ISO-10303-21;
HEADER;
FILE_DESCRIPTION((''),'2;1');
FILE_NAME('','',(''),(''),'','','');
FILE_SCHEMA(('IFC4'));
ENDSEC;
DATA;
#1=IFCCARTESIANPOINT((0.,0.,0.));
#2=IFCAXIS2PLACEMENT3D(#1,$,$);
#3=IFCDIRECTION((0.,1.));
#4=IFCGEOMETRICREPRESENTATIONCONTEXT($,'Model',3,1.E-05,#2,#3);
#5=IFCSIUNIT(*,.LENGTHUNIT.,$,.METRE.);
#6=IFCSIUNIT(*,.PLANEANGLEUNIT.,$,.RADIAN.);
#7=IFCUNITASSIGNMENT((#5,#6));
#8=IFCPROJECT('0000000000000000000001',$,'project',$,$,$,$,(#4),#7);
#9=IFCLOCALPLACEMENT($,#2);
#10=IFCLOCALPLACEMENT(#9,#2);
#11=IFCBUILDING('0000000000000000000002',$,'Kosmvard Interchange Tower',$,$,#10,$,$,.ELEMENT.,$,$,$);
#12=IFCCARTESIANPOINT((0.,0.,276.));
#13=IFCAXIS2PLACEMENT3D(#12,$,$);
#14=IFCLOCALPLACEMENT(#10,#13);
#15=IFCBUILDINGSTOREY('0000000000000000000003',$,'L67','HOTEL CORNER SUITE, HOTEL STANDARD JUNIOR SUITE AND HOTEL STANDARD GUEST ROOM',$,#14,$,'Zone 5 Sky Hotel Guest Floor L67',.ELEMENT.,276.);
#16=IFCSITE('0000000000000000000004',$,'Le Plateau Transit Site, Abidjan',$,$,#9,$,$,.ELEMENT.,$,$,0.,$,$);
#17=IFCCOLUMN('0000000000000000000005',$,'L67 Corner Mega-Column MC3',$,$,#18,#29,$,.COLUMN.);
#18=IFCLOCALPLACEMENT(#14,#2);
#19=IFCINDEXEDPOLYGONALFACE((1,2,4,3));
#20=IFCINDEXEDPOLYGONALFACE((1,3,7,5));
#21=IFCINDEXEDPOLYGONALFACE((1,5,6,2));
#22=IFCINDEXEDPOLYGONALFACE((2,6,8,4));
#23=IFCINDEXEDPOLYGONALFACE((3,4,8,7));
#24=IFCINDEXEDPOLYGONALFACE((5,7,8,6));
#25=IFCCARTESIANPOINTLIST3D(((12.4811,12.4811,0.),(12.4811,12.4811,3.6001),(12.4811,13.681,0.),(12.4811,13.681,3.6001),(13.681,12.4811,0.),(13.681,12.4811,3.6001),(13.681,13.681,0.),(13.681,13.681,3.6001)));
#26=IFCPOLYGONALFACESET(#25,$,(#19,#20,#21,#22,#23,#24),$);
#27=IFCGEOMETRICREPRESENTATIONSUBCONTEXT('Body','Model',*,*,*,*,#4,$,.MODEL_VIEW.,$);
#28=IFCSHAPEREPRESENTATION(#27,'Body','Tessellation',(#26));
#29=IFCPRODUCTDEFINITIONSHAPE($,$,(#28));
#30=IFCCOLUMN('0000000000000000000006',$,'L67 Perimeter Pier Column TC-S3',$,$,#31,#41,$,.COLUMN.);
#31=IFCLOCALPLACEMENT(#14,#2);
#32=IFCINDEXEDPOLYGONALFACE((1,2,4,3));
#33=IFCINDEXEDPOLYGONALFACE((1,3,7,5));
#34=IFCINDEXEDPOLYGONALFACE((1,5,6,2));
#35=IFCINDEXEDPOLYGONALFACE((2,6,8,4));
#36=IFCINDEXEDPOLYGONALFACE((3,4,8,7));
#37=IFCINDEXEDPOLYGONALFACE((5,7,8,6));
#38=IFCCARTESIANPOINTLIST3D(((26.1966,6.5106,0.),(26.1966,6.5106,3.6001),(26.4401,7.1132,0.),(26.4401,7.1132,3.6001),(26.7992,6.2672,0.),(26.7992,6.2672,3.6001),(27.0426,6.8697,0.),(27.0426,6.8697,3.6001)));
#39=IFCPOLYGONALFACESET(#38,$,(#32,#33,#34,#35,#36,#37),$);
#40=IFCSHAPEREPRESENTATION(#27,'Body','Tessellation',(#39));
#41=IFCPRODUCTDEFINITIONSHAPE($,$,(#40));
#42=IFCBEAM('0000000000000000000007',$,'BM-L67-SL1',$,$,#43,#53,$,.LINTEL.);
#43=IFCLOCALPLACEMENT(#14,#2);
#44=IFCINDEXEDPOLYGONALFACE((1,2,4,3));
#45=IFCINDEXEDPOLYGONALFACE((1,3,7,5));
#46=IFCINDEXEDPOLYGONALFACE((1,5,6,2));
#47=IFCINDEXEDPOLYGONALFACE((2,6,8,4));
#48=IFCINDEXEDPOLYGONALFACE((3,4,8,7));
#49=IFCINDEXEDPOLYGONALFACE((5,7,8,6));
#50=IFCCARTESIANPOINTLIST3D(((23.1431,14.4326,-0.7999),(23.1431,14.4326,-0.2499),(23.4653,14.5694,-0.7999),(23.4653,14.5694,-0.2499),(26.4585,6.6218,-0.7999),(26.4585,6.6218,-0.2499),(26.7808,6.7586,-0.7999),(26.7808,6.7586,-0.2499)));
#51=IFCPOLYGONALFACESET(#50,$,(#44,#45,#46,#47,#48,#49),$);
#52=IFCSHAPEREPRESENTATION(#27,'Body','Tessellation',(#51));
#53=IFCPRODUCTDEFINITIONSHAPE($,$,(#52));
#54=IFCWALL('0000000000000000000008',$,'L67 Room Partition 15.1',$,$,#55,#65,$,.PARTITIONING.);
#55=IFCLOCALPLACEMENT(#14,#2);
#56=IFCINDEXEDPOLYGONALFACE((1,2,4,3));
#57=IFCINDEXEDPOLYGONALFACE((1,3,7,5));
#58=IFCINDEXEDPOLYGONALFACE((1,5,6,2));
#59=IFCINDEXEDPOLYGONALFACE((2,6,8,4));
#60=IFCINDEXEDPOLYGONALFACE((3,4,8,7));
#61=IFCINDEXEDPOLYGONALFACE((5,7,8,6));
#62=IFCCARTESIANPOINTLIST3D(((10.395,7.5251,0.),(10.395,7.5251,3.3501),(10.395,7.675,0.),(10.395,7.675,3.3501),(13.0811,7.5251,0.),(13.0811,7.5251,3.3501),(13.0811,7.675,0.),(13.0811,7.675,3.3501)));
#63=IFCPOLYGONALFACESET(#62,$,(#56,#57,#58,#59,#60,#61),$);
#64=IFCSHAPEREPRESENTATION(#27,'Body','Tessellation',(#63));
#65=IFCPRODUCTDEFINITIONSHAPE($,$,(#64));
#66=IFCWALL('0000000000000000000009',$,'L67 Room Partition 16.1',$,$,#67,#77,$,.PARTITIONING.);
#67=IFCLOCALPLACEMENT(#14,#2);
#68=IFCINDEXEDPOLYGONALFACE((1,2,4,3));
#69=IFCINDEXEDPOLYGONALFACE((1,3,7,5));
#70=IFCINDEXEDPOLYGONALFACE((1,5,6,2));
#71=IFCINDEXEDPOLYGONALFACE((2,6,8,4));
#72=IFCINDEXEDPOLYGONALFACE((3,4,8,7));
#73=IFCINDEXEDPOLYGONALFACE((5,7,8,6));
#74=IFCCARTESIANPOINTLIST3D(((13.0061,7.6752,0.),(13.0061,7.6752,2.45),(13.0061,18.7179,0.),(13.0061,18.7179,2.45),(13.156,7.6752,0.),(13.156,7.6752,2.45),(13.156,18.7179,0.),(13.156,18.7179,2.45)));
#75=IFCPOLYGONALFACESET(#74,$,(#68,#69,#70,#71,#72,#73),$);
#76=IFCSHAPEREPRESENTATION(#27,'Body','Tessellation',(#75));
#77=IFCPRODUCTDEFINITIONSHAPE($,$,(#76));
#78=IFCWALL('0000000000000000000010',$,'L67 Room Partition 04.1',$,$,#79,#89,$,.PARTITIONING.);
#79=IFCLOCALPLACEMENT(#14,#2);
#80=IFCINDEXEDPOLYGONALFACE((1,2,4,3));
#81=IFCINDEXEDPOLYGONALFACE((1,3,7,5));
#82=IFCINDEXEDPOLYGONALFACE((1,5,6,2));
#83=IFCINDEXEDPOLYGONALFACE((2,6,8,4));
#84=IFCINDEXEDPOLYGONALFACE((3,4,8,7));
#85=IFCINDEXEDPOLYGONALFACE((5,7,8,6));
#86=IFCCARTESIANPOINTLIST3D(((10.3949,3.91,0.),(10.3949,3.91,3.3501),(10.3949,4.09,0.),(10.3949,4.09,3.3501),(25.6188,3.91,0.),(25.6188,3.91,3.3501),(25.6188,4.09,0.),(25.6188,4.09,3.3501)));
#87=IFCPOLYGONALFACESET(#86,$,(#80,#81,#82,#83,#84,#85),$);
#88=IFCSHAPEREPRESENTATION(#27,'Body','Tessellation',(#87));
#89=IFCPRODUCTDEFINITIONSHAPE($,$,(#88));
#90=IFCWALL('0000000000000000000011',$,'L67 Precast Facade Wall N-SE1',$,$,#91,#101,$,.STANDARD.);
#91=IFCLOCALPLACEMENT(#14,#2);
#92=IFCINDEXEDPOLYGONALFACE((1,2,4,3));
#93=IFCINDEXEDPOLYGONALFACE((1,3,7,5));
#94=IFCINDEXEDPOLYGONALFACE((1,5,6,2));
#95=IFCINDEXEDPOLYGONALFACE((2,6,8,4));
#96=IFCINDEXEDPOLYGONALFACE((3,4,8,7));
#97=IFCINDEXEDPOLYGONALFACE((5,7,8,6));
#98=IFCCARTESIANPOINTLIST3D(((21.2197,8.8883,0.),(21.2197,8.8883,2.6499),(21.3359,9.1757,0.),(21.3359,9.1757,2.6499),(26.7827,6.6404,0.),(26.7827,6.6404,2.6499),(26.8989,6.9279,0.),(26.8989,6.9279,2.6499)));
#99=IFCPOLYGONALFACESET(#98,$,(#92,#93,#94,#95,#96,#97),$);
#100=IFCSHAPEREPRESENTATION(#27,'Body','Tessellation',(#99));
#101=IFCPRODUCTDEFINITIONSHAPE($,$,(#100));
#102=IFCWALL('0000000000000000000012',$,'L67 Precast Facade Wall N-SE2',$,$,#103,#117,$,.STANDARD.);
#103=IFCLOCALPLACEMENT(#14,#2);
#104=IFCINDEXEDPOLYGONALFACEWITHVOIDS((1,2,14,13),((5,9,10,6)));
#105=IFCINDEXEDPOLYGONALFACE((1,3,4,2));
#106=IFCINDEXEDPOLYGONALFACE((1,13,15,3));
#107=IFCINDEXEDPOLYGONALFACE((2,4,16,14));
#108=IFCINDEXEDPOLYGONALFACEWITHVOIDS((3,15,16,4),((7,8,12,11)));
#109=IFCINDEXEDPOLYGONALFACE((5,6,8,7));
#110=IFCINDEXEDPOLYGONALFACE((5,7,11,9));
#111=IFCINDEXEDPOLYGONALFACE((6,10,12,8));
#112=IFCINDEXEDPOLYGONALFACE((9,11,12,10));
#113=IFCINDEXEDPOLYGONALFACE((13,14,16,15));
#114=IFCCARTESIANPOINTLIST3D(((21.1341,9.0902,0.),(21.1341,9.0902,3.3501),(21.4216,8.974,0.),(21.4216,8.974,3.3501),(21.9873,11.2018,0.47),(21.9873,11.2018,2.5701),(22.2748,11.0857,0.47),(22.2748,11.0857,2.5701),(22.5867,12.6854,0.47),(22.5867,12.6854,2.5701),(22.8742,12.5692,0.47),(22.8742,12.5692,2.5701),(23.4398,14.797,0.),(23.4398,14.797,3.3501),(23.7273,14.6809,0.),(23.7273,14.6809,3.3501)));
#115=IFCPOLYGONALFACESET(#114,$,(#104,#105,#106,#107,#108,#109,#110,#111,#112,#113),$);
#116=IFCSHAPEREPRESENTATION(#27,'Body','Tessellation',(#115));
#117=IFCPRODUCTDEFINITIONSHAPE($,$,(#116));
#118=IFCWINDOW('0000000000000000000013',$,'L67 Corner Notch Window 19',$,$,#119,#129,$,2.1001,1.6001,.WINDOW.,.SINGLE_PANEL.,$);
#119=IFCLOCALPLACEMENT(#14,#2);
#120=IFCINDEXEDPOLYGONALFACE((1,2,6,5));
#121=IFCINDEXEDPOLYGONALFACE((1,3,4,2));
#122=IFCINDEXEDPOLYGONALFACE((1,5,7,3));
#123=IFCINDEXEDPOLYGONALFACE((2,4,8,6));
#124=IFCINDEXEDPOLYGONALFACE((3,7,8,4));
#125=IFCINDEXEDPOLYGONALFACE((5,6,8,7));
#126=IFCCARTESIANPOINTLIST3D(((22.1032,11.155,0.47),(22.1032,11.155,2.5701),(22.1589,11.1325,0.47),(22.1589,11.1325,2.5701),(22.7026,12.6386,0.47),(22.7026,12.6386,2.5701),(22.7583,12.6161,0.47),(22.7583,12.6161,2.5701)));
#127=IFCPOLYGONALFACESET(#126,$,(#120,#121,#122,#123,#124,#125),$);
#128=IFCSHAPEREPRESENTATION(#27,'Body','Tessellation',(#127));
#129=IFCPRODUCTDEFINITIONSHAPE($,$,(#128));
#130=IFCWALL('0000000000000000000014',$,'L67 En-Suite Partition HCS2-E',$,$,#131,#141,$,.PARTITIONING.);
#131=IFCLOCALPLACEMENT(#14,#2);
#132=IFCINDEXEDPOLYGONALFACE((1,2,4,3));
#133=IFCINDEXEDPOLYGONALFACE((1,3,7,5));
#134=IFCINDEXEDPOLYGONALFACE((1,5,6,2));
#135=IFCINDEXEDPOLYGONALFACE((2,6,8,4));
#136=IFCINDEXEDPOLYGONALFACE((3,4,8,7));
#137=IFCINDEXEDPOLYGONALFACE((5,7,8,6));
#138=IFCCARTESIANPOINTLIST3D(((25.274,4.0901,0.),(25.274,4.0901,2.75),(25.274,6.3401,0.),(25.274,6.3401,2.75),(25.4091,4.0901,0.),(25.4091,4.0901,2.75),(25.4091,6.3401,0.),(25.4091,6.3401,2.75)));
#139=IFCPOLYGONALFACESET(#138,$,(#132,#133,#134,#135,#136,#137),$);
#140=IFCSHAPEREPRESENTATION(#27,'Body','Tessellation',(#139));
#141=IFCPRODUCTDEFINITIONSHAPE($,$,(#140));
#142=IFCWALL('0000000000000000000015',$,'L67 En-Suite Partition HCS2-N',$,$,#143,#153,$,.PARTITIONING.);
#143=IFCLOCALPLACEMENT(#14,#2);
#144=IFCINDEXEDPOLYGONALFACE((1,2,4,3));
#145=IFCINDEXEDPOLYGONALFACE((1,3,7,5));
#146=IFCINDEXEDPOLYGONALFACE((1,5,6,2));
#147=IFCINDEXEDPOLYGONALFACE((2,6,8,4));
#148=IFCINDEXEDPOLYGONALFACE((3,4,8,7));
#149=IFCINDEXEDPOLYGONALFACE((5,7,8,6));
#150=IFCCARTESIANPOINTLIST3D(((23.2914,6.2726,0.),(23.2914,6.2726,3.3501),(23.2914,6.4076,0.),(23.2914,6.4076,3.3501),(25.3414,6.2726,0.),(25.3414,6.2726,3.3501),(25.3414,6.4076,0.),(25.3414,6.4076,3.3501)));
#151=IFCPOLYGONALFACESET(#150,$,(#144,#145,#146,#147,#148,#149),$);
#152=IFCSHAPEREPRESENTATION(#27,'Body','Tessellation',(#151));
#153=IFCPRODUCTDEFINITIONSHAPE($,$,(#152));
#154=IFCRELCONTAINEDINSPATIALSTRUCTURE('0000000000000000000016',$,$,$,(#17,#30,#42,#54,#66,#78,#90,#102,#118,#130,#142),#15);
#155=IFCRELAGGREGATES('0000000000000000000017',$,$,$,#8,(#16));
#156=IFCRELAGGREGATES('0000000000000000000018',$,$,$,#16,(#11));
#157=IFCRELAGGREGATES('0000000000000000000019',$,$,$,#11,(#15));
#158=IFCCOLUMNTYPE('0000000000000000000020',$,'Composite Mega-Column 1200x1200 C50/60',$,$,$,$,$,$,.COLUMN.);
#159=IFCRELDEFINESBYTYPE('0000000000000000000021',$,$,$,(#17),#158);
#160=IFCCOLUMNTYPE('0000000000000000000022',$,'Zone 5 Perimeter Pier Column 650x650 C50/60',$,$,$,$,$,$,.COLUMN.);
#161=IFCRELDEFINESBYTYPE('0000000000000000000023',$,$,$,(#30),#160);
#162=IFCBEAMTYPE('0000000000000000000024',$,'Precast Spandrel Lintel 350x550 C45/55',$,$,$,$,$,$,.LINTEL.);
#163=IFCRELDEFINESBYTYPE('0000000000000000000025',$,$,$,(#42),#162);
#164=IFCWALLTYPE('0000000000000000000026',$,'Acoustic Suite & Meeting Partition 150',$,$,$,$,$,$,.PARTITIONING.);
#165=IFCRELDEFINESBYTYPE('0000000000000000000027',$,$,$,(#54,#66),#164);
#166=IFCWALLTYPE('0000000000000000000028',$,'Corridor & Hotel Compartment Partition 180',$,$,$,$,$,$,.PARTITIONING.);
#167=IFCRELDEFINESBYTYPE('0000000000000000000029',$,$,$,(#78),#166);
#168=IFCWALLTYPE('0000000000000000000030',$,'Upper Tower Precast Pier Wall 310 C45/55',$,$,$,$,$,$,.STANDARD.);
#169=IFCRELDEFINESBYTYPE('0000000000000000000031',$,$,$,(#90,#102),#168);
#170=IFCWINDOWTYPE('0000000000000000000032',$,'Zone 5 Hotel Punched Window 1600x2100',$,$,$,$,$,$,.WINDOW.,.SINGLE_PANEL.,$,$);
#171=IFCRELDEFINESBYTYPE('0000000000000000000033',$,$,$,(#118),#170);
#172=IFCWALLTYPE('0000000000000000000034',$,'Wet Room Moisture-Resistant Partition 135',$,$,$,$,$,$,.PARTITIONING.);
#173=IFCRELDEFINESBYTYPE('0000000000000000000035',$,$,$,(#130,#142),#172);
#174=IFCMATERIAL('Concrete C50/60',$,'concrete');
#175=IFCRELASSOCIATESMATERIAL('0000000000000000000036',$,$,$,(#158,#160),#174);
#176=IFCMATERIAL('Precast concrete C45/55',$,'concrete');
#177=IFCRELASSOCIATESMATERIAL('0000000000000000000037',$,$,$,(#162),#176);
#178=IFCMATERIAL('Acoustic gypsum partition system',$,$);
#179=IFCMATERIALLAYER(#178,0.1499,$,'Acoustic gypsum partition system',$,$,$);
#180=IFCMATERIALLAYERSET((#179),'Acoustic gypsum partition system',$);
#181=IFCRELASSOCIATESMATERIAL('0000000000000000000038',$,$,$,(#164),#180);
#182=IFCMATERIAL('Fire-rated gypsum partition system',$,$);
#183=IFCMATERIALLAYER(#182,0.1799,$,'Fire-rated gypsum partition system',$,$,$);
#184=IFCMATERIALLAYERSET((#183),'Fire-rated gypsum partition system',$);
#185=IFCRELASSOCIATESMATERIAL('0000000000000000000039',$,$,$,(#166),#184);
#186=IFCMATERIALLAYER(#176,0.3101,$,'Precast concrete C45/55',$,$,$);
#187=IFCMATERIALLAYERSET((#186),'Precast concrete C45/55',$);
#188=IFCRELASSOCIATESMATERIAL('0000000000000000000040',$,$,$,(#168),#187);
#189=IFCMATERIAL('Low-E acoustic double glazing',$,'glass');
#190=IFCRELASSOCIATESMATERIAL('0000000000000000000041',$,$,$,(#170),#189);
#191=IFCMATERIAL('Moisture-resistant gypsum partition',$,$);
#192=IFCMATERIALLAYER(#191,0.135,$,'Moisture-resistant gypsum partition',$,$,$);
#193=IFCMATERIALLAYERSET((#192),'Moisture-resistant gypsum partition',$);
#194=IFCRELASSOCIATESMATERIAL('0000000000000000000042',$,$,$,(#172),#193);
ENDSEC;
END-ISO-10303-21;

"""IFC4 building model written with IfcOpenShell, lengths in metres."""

from ifc_helpers import new_model, si_unit, direction, frame, frame_2d, origin, origin_2d, place, context, subcontext, project, spatial, rectangle, extrude, source, transform, mapped, material, layer, layer_set, material_profile, profile_set, type_object, element, fill, save


model = new_model("IFC4")

# Units and contexts
model_context = context("Model", 3, precision=1e-05, world=origin(), true_north=direction((0.0, 1.0)))
body_context = subcontext(model_context, "Body", "Model", "MODEL_VIEW")
ifc_project = project(units=[si_unit("LENGTHUNIT", "METRE"), si_unit("PLANEANGLEUNIT", "RADIAN")], contexts=[model_context])

# Site, building, storey
site_placement = place(None, origin())
site = spatial("IfcSite", under=ifc_project, at=site_placement, Name="Le Plateau Transit Site, Abidjan", CompositionType="ELEMENT", RefElevation=0.0)
building_placement = place(site_placement, origin())
building = spatial("IfcBuilding", under=site, at=building_placement, Name="Kosmvard Interchange Tower", CompositionType="ELEMENT")
storey_placement = place(building_placement, frame((0.0, 0.0, 276.0)))
storey = spatial("IfcBuildingStorey", under=building, at=storey_placement, Name="L67", Description="HOTEL CORNER SUITE, HOTEL STANDARD JUNIOR SUITE AND HOTEL STANDARD GUEST ROOM", LongName="Zone 5 Sky Hotel Guest Floor L67", CompositionType="ELEMENT", Elevation=276.0)

# Columns
ifc_material_1 = material(Name="Concrete C50/60", Category="concrete")
ifc_material_profile_1 = material_profile(ifc_material_1, rectangle(XDim=1.2, YDim=1.2, at=origin_2d()), Name="MC 1200x1200")
ifc_profile_set_1 = profile_set([ifc_material_profile_1], Name="Concrete C50/60")
column_type_1 = type_object("IfcColumnType", Name="Composite Mega-Column 1200x1200 C50/60", PredefinedType="COLUMN", material=ifc_profile_set_1)
shared_shape_1 = source(origin(), body_context, "Body", "SweptSolid", [
    extrude(rectangle(XDim=1.2, YDim=1.2, at=origin_2d()), origin(), (0.0, 0.0, 1.0), 3.6001),
])
column_1_placement = place(storey_placement, frame((13.0811, 13.0811, 0.0), z_axis=(0.0, 0.0, 1.0), x_axis=(1.0, 0.0, 0.0)))
element("IfcColumn", 1, at=column_1_placement, inside=storey, type_object=column_type_1, Name="L67 Corner Mega-Column MC3", PredefinedType="COLUMN", context=body_context, shape_type="MappedRepresentation", body=[
    mapped(shared_shape_1, transform((0.0, 0.0, 0.0), scale=1.0)),
])
ifc_material_profile_2 = material_profile(ifc_material_1, rectangle(XDim=0.6499, YDim=0.6499, at=origin_2d()), Name="TC 650x650")
ifc_profile_set_2 = profile_set([ifc_material_profile_2], Name="Concrete C50/60")
column_type_2 = type_object("IfcColumnType", Name="Zone 5 Perimeter Pier Column 650x650 C50/60", PredefinedType="COLUMN", material=ifc_profile_set_2)
shared_shape_2 = source(origin(), body_context, "Body", "SweptSolid", [
    extrude(rectangle(XDim=0.6499, YDim=0.6499, at=origin_2d()), origin(), (0.0, 0.0, 1.0), 3.6001),
])
column_2_placement = place(storey_placement, frame((26.6196, 6.6902, 0.0), z_axis=(0.0, 0.0, 1.0), x_axis=(0.374607, 0.927184, 0.0)))
element("IfcColumn", 2, at=column_2_placement, inside=storey, type_object=column_type_2, Name="L67 Perimeter Pier Column TC-S3", PredefinedType="COLUMN", context=body_context, shape_type="MappedRepresentation", body=[
    mapped(shared_shape_2, transform((0.0, 0.0, 0.0), scale=1.0)),
])

# Beam
ifc_material_2 = material(Name="Precast concrete C45/55", Category="concrete")
ifc_material_profile_3 = material_profile(ifc_material_2, rectangle(XDim=0.3501, YDim=0.55, at=origin_2d()), Name="SL 350x550")
ifc_profile_set_3 = profile_set([ifc_material_profile_3], Name="Precast concrete C45/55")
beam_type = type_object("IfcBeamType", Name="Precast Spandrel Lintel 350x550 C45/55", PredefinedType="LINTEL", material=ifc_profile_set_3)
shared_shape_3 = source(origin(), body_context, "Body", "SweptSolid", [
    extrude(rectangle(XDim=0.3501, YDim=0.55, at=origin_2d()), origin(), (0.0, 0.0, 1.0), 8.4854),
])
beam_placement = place(storey_placement, frame((26.6196, 6.6902, -0.5249), z_axis=(-0.390726, 0.920507, 0.0), x_axis=(-0.920507, -0.390726, 0.0)))
element("IfcBeam", 3, at=beam_placement, inside=storey, type_object=beam_type, Name="BM-L67-SL1", PredefinedType="LINTEL", context=body_context, shape_type="MappedRepresentation", body=[
    mapped(shared_shape_3, transform((0.0, 0.0, 0.0), scale=1.0)),
])

# Walls
ifc_material_3 = material(Name="Acoustic gypsum partition system")
ifc_layer_1 = layer(ifc_material_3, 0.1499, Name="Acoustic gypsum partition system")
ifc_layer_set_1 = layer_set([ifc_layer_1], Name="Acoustic gypsum partition system")
wall_type_1 = type_object("IfcWallType", Name="Acoustic Suite & Meeting Partition 150", PredefinedType="PARTITIONING", material=ifc_layer_set_1)
wall_1_placement = place(storey_placement, frame((10.395, 7.6001, 0.0), z_axis=(0.0, 0.0, 1.0), x_axis=(1.0, 0.0, 0.0)))
element("IfcWall", 4, at=wall_1_placement, inside=storey, type_object=wall_type_1, Name="L67 Room Partition 15.1", PredefinedType="PARTITIONING", context=body_context, shape_type="SweptSolid", body=[
    extrude(rectangle(XDim=2.686, YDim=0.1499, at=frame_2d((1.343, 0.0))), origin(), (0.0, 0.0, 1.0), 3.3501),
])
wall_2_placement = place(storey_placement, frame((13.0811, 7.675, 0.0), z_axis=(0.0, 0.0, 1.0), x_axis=(0.0, 1.0, 0.0)))
element("IfcWall", 5, at=wall_2_placement, inside=storey, type_object=wall_type_1, Name="L67 Room Partition 16.1", PredefinedType="PARTITIONING", context=body_context, shape_type="SweptSolid", body=[
    extrude(rectangle(XDim=11.0427, YDim=0.1499, at=frame_2d((5.5215, 0.0))), origin(), (0.0, 0.0, 1.0), 2.45),
])
ifc_material_4 = material(Name="Fire-rated gypsum partition system")
ifc_layer_2 = layer(ifc_material_4, 0.1799, Name="Fire-rated gypsum partition system")
ifc_layer_set_2 = layer_set([ifc_layer_2], Name="Fire-rated gypsum partition system")
wall_type_2 = type_object("IfcWallType", Name="Corridor & Hotel Compartment Partition 180", PredefinedType="PARTITIONING", material=ifc_layer_set_2)
wall_3_placement = place(storey_placement, frame((10.395, 4.0, 0.0), z_axis=(0.0, 0.0, 1.0), x_axis=(1.0, 0.0, 0.0)))
element("IfcWall", 6, at=wall_3_placement, inside=storey, type_object=wall_type_2, Name="L67 Room Partition 04.1", PredefinedType="PARTITIONING", context=body_context, shape_type="SweptSolid", body=[
    extrude(rectangle(XDim=15.2239, YDim=0.1799, at=frame_2d((7.6118, 0.0))), origin(), (0.0, 0.0, 1.0), 3.3501),
])
ifc_layer_3 = layer(ifc_material_2, 0.3101, Name="Precast concrete C45/55")
ifc_layer_set_3 = layer_set([ifc_layer_3], Name="Precast concrete C45/55")
wall_type_3 = type_object("IfcWallType", Name="Upper Tower Precast Pier Wall 310 C45/55", PredefinedType="STANDARD", material=ifc_layer_set_3)
wall_4_placement = place(storey_placement, frame((26.8408, 6.7842, 0.0), z_axis=(0.0, 0.0, 1.0), x_axis=(-0.927172, 0.374637, 0.0)))
element("IfcWall", 7, at=wall_4_placement, inside=storey, type_object=wall_type_3, Name="L67 Precast Facade Wall N-SE1", PredefinedType="STANDARD", context=body_context, shape_type="SweptSolid", body=[
    extrude(rectangle(XDim=6.0, YDim=0.3101, at=frame_2d((3.0, 0.0))), origin(), (0.0, 0.0, 1.0), 2.6499),
])

# Wall, opening, window
wall_5_placement = place(storey_placement, frame((21.2778, 9.032, 0.0), z_axis=(0.0, 0.0, 1.0), x_axis=(0.374603, 0.927185, 0.0)))
wall_5 = element("IfcWall", 8, at=wall_5_placement, inside=storey, type_object=wall_type_3, Name="L67 Precast Facade Wall N-SE2", PredefinedType="STANDARD", context=body_context, shape_type="SweptSolid", body=[
    extrude(rectangle(XDim=6.155, YDim=0.3101, at=frame_2d((3.0776, 0.0))), origin(), (0.0, 0.0, 1.0), 3.3501),
])
opening_1_placement = place(wall_5_placement, frame((2.2776, 0.0, 0.47)))
opening_1 = element("IfcOpeningElement", 9, at=opening_1_placement, cuts=wall_5, PredefinedType="OPENING", context=body_context, shape_type="SweptSolid", body=[
    extrude(rectangle(XDim=1.6001, YDim=2.1001, at=frame_2d((0.8, 1.05))), frame((0.0, 0.165, 0.0), z_axis=(0.0, -1.0, 0.0), x_axis=(1.0, 0.0, 0.0)), (0.0, 0.0, 1.0), 0.3301),
])
ifc_material_5 = material(Name="Low-E acoustic double glazing", Category="glass")
window_type = type_object("IfcWindowType", Name="Zone 5 Hotel Punched Window 1600x2100", PartitioningType="SINGLE_PANEL", PredefinedType="WINDOW", material=ifc_material_5)
shared_shape_4 = source(origin(), body_context, "Body", "SweptSolid", [
    extrude(rectangle(XDim=1.6001, YDim=2.1001, at=frame_2d((0.8, 1.05))), frame((0.0, 0.03, 0.0), z_axis=(0.0, -1.0, 0.0), x_axis=(1.0, 0.0, 0.0)), (0.0, 0.0, 1.0), 0.0601),
])
window_placement = place(opening_1_placement, origin())
window = element("IfcWindow", 10, at=window_placement, inside=storey, type_object=window_type, Name="L67 Corner Notch Window 19", OverallHeight=2.1001, OverallWidth=1.6001, PartitioningType="SINGLE_PANEL", PredefinedType="WINDOW", context=body_context, shape_type="MappedRepresentation", body=[
    mapped(shared_shape_4, transform((0.0, 0.0, 0.0), scale=1.0)),
])
fill(opening_1, window)

# Walls
ifc_material_6 = material(Name="Moisture-resistant gypsum partition")
ifc_layer_4 = layer(ifc_material_6, 0.135, Name="Moisture-resistant gypsum partition")
ifc_layer_set_4 = layer_set([ifc_layer_4], Name="Moisture-resistant gypsum partition")
wall_type_4 = type_object("IfcWallType", Name="Wet Room Moisture-Resistant Partition 135", PredefinedType="PARTITIONING", material=ifc_layer_set_4)
wall_6_placement = place(storey_placement, frame((25.3416, 4.0901, 0.0), z_axis=(0.0, 0.0, 1.0), x_axis=(0.0, 1.0, 0.0)))
element("IfcWall", 11, at=wall_6_placement, inside=storey, type_object=wall_type_4, Name="L67 En-Suite Partition HCS2-E", PredefinedType="PARTITIONING", context=body_context, shape_type="SweptSolid", body=[
    extrude(rectangle(XDim=2.25, YDim=0.135, at=frame_2d((1.125, 0.0))), origin(), (0.0, 0.0, 1.0), 2.75),
])
wall_7_placement = place(storey_placement, frame((23.2915, 6.3401, 0.0), z_axis=(0.0, 0.0, 1.0), x_axis=(1.0, 0.0, 0.0)))
element("IfcWall", 12, at=wall_7_placement, inside=storey, type_object=wall_type_4, Name="L67 En-Suite Partition HCS2-N", PredefinedType="PARTITIONING", context=body_context, shape_type="SweptSolid", body=[
    extrude(rectangle(XDim=2.05, YDim=0.135, at=frame_2d((1.0249, 0.0))), origin(), (0.0, 0.0, 1.0), 3.3501),
])

save(model, "model.ifc")
